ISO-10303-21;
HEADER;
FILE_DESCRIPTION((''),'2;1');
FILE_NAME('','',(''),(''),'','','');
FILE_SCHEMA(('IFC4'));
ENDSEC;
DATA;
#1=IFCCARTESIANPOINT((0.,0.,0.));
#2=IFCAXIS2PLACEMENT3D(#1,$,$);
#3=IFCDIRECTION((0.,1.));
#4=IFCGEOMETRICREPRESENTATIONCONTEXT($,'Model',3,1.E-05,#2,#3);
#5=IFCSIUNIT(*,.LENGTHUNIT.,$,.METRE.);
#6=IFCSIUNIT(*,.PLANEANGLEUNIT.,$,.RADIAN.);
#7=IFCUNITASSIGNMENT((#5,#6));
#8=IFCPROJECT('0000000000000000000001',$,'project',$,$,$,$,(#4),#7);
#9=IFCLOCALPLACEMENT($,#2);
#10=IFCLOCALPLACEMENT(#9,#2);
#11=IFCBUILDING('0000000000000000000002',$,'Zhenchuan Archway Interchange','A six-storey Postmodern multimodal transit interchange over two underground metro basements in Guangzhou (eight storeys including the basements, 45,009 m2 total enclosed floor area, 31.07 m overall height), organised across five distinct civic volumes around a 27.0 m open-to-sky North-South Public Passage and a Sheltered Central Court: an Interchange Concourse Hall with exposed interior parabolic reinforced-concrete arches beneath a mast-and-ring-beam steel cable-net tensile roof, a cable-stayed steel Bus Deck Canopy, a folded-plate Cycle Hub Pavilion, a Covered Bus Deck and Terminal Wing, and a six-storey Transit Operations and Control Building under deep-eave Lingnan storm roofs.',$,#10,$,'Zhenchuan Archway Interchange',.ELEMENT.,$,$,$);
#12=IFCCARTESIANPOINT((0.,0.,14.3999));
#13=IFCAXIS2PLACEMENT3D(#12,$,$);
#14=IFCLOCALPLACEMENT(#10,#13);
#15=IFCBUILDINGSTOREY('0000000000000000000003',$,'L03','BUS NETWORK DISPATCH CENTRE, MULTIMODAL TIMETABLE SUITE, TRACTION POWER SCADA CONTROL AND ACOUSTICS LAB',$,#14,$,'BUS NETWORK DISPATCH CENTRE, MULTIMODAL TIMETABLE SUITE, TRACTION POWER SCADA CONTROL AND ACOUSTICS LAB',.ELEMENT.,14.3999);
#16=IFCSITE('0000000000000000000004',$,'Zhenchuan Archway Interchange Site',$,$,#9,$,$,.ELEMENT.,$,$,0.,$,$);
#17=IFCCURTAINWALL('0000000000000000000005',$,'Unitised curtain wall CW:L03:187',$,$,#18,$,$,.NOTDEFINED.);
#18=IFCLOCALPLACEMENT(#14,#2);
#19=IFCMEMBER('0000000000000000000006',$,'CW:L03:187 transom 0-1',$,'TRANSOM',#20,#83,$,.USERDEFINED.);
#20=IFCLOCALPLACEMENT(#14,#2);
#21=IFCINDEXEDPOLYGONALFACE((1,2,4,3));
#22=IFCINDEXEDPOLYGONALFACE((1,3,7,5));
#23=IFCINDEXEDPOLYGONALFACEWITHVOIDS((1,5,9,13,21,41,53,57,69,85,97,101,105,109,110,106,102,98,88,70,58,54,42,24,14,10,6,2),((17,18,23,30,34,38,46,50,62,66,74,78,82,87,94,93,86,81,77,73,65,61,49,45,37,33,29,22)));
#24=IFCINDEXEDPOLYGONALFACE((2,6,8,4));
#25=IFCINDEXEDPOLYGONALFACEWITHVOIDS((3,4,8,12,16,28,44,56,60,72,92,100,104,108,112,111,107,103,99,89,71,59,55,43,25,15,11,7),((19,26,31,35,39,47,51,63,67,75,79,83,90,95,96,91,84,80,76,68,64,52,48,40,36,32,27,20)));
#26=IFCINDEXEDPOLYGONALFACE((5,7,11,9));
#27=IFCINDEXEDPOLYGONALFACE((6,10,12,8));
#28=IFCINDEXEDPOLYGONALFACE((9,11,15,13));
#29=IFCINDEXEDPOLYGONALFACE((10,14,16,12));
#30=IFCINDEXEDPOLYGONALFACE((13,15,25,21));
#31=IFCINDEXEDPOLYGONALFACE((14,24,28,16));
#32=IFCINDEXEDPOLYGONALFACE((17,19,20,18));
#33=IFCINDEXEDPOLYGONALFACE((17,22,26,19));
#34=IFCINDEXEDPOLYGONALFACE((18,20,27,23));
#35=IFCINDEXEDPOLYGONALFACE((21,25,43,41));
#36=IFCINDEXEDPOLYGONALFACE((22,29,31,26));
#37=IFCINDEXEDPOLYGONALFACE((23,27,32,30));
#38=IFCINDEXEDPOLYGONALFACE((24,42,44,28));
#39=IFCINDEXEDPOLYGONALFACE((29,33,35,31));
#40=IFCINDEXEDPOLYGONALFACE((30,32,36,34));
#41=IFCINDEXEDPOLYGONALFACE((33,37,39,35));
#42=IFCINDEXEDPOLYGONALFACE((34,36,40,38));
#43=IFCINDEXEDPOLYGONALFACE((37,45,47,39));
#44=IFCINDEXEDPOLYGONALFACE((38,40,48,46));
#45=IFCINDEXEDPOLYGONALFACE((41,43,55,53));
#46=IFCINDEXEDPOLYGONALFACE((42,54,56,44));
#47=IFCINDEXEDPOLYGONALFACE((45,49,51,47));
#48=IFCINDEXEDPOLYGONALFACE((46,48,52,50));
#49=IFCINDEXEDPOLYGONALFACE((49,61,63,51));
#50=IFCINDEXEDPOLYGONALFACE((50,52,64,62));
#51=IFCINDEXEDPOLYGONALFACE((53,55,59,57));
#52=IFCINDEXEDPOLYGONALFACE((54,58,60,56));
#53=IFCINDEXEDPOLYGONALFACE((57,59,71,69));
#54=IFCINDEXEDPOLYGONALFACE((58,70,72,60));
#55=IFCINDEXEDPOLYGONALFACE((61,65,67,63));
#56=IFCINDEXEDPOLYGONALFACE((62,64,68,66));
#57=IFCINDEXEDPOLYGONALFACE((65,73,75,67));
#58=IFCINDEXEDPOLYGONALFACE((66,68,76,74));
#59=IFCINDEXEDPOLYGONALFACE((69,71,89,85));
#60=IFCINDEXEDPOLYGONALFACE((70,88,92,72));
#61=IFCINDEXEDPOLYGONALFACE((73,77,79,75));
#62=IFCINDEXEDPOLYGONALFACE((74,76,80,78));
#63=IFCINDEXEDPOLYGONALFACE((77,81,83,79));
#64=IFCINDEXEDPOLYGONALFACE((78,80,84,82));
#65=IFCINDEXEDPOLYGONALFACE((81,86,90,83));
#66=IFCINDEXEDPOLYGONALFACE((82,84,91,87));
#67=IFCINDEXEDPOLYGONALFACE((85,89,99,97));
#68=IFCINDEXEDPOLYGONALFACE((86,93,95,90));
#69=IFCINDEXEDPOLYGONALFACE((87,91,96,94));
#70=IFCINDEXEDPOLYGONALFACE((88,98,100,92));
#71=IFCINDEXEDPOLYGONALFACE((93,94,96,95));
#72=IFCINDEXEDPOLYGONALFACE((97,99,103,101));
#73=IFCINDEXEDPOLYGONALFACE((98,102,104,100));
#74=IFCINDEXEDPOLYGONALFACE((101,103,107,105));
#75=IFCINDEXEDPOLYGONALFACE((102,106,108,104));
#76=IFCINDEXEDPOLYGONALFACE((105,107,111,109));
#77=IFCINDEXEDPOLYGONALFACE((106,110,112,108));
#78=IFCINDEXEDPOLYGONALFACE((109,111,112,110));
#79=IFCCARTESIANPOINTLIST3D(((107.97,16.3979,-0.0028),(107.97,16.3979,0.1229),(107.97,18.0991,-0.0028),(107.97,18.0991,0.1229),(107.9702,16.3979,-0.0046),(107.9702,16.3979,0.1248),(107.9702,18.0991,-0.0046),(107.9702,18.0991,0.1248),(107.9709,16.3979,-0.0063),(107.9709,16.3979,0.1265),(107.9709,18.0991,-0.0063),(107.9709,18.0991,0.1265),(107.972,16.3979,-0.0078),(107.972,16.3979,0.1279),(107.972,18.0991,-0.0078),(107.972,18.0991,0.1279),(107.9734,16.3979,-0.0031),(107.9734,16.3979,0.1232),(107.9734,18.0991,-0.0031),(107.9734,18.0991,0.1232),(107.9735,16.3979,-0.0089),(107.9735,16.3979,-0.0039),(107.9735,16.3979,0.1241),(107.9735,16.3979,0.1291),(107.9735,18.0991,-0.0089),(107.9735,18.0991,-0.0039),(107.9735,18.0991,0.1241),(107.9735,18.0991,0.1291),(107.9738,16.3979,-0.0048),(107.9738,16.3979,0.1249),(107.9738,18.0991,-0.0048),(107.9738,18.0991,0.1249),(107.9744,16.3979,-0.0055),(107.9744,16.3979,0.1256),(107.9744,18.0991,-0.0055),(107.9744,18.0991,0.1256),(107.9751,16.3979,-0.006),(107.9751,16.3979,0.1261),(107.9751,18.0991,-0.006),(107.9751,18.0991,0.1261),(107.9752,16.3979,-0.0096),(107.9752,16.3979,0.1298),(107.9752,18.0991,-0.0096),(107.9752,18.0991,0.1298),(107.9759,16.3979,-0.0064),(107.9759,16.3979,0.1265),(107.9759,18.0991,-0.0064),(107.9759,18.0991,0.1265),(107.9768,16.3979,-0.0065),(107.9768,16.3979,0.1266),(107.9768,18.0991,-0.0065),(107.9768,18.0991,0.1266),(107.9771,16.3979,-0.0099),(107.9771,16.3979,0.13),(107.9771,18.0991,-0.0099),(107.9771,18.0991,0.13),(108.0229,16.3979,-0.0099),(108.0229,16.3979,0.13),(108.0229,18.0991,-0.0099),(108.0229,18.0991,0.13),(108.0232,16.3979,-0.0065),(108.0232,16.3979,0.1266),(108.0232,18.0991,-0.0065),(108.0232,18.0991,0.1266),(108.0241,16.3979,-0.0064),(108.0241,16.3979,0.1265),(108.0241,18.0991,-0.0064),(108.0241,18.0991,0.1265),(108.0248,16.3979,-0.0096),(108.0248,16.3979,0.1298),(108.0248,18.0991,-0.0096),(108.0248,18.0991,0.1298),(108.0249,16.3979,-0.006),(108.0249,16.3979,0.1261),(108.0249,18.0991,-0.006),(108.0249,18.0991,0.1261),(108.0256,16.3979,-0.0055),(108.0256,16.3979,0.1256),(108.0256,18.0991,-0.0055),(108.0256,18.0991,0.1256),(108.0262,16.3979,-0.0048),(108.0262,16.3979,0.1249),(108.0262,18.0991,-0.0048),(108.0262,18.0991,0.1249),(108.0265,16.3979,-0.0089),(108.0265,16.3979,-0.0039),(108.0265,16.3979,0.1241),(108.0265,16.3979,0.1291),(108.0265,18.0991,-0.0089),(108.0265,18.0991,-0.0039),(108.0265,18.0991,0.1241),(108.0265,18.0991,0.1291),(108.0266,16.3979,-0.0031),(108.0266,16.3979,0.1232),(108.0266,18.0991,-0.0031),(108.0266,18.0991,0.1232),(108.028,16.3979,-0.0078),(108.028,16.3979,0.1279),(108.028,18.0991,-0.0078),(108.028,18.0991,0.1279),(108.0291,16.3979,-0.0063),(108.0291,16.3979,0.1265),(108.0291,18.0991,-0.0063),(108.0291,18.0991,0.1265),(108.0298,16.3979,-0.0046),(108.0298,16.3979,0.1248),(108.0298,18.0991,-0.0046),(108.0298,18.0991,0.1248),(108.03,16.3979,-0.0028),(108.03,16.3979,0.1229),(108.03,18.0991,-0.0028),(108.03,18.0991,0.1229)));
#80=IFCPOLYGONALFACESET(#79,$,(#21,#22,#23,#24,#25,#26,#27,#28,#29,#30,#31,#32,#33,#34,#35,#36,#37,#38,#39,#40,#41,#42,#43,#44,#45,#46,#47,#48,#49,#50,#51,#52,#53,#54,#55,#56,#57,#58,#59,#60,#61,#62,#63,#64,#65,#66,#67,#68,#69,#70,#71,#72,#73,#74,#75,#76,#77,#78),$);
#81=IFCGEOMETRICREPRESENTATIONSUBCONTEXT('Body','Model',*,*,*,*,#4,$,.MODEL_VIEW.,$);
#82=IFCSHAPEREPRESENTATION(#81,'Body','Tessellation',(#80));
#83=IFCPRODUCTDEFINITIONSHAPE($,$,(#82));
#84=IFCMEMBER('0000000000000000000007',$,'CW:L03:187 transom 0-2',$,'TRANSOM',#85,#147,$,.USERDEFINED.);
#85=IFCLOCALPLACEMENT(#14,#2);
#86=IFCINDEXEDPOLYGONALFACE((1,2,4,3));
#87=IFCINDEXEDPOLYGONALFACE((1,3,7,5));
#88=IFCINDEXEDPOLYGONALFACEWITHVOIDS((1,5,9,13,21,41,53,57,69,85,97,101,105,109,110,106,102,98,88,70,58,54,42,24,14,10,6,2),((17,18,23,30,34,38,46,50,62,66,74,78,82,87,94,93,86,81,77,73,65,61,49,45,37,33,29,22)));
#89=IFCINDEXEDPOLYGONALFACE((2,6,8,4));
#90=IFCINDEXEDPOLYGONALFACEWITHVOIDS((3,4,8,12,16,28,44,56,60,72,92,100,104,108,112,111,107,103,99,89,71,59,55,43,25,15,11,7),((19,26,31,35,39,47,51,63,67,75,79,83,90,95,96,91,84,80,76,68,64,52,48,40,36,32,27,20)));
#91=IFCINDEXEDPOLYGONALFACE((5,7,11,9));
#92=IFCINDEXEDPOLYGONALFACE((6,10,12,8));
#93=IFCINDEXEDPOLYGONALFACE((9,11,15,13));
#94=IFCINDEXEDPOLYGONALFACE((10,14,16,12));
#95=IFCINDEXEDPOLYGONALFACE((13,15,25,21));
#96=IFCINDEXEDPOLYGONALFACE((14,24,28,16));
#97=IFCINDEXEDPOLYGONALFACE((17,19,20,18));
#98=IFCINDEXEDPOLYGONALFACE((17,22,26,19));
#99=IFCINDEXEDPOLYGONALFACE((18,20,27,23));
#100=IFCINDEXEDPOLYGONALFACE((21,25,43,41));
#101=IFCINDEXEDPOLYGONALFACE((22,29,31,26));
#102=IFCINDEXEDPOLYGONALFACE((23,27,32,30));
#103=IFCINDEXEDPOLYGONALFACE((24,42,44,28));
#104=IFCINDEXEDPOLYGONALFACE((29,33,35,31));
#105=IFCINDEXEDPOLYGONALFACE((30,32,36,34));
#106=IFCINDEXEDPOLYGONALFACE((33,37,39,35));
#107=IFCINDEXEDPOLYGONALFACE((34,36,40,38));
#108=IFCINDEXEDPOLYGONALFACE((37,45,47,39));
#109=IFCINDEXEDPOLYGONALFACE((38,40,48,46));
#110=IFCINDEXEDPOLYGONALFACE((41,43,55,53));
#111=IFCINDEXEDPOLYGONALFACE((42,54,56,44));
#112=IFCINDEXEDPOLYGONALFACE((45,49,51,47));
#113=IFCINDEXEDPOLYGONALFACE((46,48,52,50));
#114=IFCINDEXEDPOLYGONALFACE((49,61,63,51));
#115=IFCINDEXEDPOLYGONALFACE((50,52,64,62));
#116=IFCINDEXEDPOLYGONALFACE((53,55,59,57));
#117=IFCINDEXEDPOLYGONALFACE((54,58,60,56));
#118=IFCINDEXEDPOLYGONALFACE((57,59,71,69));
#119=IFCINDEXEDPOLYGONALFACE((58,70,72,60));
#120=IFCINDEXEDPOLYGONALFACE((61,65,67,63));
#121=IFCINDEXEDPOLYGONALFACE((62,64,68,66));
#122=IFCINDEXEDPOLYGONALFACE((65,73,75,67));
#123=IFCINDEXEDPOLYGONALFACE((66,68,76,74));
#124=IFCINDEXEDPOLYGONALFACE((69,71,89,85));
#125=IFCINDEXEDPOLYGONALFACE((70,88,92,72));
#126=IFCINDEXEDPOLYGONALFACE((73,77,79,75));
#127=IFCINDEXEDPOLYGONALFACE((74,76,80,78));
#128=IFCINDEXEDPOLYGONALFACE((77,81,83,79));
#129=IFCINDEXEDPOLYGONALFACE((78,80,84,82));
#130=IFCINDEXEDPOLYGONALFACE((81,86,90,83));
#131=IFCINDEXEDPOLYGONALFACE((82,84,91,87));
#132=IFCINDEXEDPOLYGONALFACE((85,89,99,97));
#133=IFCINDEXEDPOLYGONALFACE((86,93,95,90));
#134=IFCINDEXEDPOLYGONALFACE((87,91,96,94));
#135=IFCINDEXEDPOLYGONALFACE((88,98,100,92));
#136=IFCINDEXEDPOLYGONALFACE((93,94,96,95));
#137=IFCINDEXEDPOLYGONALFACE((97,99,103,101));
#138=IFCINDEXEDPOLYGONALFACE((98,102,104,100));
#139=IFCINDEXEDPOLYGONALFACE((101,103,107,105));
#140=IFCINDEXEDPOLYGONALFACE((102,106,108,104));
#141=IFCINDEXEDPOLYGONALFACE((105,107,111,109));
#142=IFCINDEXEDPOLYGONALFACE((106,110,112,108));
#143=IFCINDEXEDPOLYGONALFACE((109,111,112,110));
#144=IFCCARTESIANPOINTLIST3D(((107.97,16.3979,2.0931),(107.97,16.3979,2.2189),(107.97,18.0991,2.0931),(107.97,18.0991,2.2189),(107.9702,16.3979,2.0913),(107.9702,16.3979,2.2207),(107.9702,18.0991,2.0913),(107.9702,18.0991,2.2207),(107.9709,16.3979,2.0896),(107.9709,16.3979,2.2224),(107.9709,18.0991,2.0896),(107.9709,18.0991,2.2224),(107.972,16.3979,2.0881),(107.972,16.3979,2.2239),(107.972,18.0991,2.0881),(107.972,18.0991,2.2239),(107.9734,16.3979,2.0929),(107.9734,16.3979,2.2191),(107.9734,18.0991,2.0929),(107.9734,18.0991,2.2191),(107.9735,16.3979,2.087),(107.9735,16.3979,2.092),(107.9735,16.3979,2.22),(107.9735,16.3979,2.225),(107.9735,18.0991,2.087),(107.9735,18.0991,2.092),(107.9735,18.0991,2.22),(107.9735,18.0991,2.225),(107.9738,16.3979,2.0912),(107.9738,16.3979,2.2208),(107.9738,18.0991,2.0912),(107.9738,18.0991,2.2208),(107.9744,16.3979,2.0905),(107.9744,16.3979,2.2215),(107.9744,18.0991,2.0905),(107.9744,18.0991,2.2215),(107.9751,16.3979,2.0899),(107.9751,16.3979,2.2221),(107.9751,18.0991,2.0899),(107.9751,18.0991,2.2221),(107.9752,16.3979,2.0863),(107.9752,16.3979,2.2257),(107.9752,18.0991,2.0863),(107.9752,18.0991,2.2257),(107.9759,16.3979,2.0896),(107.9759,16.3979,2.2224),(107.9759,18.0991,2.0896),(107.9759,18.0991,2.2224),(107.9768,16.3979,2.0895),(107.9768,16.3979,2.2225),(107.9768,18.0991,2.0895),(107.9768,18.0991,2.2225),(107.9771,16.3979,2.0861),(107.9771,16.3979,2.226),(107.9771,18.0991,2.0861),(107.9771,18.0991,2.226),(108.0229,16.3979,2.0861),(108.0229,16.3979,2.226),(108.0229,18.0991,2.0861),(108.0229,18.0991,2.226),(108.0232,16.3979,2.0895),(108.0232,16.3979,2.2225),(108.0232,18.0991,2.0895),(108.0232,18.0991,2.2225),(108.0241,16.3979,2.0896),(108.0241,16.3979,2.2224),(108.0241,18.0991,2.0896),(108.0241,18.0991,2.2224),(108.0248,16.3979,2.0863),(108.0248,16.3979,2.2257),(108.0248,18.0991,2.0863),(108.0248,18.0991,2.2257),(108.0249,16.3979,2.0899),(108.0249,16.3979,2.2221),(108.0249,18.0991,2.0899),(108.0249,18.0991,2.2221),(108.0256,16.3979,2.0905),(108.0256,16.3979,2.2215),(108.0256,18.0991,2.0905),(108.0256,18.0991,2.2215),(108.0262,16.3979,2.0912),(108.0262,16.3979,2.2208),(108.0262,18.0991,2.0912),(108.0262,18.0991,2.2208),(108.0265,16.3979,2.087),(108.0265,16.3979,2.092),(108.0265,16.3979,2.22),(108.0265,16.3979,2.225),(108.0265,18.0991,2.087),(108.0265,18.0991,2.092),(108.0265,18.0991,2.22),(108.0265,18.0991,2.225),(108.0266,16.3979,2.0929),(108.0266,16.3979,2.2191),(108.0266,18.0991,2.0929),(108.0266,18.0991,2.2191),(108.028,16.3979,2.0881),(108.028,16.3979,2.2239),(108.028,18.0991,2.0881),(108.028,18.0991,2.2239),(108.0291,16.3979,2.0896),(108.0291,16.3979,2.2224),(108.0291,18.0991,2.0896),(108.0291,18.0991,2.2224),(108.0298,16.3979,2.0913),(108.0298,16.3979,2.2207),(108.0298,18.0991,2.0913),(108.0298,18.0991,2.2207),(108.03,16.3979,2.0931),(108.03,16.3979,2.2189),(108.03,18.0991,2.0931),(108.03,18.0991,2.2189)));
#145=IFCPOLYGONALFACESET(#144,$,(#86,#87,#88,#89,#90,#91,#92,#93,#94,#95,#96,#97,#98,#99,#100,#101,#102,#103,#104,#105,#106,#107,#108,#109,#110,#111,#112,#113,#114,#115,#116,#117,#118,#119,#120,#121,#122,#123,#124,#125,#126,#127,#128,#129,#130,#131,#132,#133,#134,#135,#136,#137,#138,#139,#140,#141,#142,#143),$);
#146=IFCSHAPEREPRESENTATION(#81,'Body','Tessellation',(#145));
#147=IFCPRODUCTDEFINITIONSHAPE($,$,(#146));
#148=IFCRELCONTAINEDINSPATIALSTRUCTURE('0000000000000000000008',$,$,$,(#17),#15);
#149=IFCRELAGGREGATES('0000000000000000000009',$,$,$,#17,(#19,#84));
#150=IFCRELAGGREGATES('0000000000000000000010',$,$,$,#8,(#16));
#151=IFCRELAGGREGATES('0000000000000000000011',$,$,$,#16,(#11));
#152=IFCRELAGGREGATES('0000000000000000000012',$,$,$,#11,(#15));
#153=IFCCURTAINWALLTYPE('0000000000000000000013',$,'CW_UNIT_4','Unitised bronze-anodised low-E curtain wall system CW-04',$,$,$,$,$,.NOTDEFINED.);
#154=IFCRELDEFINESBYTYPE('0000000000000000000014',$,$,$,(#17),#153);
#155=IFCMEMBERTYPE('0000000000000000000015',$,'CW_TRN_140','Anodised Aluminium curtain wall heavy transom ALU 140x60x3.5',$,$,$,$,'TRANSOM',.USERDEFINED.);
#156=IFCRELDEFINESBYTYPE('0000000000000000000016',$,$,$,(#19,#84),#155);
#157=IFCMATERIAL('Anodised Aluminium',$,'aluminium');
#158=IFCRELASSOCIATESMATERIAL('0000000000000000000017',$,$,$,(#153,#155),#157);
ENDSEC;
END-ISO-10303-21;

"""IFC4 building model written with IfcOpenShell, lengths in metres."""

from ifc_helpers import new_model, si_unit, direction, frame, origin, origin_2d, place, context, subcontext, project, spatial, hollow_rectangle, extrude, material, material_profile, profile_set, type_object, element, aggregate, save


model = new_model("IFC4")

# Units and contexts
model_context = context("Model", 3, precision=1e-05, world=origin(), true_north=direction((0.0, 1.0)))
body_context = subcontext(model_context, "Body", "Model", "MODEL_VIEW")
ifc_project = project(units=[si_unit("LENGTHUNIT", "METRE"), si_unit("PLANEANGLEUNIT", "RADIAN")], contexts=[model_context])

# Site, building, storey
site_placement = place(None, origin())
site = spatial("IfcSite", under=ifc_project, at=site_placement, Name="Zhenchuan Archway Interchange Site", CompositionType="ELEMENT", RefElevation=0.0)
building_placement = place(site_placement, origin())
building = spatial("IfcBuilding", under=site, at=building_placement, Name="Zhenchuan Archway Interchange", Description="A six-storey Postmodern multimodal transit interchange over two underground metro basements in Guangzhou (eight storeys including the basements, 45,009 m2 total enclosed floor area, 31.07 m overall height), organised across five distinct civic volumes around a 27.0 m open-to-sky North-South Public Passage and a Sheltered Central Court: an Interchange Concourse Hall with exposed interior parabolic reinforced-concrete arches beneath a mast-and-ring-beam steel cable-net tensile roof, a cable-stayed steel Bus Deck Canopy, a folded-plate Cycle Hub Pavilion, a Covered Bus Deck and Terminal Wing, and a six-storey Transit Operations and Control Building under deep-eave Lingnan storm roofs.", LongName="Zhenchuan Archway Interchange", CompositionType="ELEMENT")
storey_placement = place(building_placement, frame((0.0, 0.0, 14.3999)))
storey = spatial("IfcBuildingStorey", under=building, at=storey_placement, Name="L03", Description="BUS NETWORK DISPATCH CENTRE, MULTIMODAL TIMETABLE SUITE, TRACTION POWER SCADA CONTROL AND ACOUSTICS LAB", LongName="BUS NETWORK DISPATCH CENTRE, MULTIMODAL TIMETABLE SUITE, TRACTION POWER SCADA CONTROL AND ACOUSTICS LAB", CompositionType="ELEMENT", Elevation=14.3999)

# Curtain wall, members
ifc_material_1 = material(Name="Anodised Aluminium", Category="aluminium")
curtain_wall_type = type_object("IfcCurtainWallType", Name="CW_UNIT_4", Description="Unitised bronze-anodised low-E curtain wall system CW-04", PredefinedType="NOTDEFINED", material=ifc_material_1)
curtain_wall_placement = place(storey_placement, origin())
curtain_wall = element("IfcCurtainWall", 1, at=curtain_wall_placement, inside=storey, type_object=curtain_wall_type, Name="Unitised curtain wall CW:L03:187", PredefinedType="NOTDEFINED")
ifc_material_profile_1 = material_profile(ifc_material_1, hollow_rectangle(XDim=0.0601, YDim=0.1399, WallThickness=0.0034, InnerFilletRadius=0.0034, OuterFilletRadius=0.0071, at=origin_2d()), Name="ALU 140x60x3.5")
ifc_profile_set_1 = profile_set([ifc_material_profile_1], Name="Anodised Aluminium")
member_type_1 = type_object("IfcMemberType", Name="CW_TRN_140", Description="Anodised Aluminium curtain wall heavy transom ALU 140x60x3.5", ElementType="TRANSOM", PredefinedType="USERDEFINED", material=ifc_profile_set_1)
member_1_placement = place(storey_placement, frame((108.0, 16.3979, 0.0601), z_axis=(0.0, 1.0, 0.0), x_axis=(-1.0, 0.0, 0.0)))
member_1 = element("IfcMember", 2, at=member_1_placement, type_object=member_type_1, Name="CW:L03:187 transom 0-1", ObjectType="TRANSOM", PredefinedType="USERDEFINED", context=body_context, shape_type="SweptSolid", body=[
    extrude(hollow_rectangle(XDim=0.0601, YDim=0.1399, WallThickness=0.0034, InnerFilletRadius=0.0034, OuterFilletRadius=0.0071, at=origin_2d()), origin(), (0.0, 0.0, 1.0), 1.7012),
])
member_2_placement = place(storey_placement, frame((108.0, 16.3979, 2.156), z_axis=(0.0, 1.0, 0.0), x_axis=(-1.0, 0.0, 0.0)))
member_2 = element("IfcMember", 3, at=member_2_placement, type_object=member_type_1, Name="CW:L03:187 transom 0-2", ObjectType="TRANSOM", PredefinedType="USERDEFINED", context=body_context, shape_type="SweptSolid", body=[
    extrude(hollow_rectangle(XDim=0.0601, YDim=0.1399, WallThickness=0.0034, InnerFilletRadius=0.0034, OuterFilletRadius=0.0071, at=origin_2d()), origin(), (0.0, 0.0, 1.0), 1.7012),
])

aggregate(curtain_wall, [member_1, member_2])

save(model, "model.ifc")
